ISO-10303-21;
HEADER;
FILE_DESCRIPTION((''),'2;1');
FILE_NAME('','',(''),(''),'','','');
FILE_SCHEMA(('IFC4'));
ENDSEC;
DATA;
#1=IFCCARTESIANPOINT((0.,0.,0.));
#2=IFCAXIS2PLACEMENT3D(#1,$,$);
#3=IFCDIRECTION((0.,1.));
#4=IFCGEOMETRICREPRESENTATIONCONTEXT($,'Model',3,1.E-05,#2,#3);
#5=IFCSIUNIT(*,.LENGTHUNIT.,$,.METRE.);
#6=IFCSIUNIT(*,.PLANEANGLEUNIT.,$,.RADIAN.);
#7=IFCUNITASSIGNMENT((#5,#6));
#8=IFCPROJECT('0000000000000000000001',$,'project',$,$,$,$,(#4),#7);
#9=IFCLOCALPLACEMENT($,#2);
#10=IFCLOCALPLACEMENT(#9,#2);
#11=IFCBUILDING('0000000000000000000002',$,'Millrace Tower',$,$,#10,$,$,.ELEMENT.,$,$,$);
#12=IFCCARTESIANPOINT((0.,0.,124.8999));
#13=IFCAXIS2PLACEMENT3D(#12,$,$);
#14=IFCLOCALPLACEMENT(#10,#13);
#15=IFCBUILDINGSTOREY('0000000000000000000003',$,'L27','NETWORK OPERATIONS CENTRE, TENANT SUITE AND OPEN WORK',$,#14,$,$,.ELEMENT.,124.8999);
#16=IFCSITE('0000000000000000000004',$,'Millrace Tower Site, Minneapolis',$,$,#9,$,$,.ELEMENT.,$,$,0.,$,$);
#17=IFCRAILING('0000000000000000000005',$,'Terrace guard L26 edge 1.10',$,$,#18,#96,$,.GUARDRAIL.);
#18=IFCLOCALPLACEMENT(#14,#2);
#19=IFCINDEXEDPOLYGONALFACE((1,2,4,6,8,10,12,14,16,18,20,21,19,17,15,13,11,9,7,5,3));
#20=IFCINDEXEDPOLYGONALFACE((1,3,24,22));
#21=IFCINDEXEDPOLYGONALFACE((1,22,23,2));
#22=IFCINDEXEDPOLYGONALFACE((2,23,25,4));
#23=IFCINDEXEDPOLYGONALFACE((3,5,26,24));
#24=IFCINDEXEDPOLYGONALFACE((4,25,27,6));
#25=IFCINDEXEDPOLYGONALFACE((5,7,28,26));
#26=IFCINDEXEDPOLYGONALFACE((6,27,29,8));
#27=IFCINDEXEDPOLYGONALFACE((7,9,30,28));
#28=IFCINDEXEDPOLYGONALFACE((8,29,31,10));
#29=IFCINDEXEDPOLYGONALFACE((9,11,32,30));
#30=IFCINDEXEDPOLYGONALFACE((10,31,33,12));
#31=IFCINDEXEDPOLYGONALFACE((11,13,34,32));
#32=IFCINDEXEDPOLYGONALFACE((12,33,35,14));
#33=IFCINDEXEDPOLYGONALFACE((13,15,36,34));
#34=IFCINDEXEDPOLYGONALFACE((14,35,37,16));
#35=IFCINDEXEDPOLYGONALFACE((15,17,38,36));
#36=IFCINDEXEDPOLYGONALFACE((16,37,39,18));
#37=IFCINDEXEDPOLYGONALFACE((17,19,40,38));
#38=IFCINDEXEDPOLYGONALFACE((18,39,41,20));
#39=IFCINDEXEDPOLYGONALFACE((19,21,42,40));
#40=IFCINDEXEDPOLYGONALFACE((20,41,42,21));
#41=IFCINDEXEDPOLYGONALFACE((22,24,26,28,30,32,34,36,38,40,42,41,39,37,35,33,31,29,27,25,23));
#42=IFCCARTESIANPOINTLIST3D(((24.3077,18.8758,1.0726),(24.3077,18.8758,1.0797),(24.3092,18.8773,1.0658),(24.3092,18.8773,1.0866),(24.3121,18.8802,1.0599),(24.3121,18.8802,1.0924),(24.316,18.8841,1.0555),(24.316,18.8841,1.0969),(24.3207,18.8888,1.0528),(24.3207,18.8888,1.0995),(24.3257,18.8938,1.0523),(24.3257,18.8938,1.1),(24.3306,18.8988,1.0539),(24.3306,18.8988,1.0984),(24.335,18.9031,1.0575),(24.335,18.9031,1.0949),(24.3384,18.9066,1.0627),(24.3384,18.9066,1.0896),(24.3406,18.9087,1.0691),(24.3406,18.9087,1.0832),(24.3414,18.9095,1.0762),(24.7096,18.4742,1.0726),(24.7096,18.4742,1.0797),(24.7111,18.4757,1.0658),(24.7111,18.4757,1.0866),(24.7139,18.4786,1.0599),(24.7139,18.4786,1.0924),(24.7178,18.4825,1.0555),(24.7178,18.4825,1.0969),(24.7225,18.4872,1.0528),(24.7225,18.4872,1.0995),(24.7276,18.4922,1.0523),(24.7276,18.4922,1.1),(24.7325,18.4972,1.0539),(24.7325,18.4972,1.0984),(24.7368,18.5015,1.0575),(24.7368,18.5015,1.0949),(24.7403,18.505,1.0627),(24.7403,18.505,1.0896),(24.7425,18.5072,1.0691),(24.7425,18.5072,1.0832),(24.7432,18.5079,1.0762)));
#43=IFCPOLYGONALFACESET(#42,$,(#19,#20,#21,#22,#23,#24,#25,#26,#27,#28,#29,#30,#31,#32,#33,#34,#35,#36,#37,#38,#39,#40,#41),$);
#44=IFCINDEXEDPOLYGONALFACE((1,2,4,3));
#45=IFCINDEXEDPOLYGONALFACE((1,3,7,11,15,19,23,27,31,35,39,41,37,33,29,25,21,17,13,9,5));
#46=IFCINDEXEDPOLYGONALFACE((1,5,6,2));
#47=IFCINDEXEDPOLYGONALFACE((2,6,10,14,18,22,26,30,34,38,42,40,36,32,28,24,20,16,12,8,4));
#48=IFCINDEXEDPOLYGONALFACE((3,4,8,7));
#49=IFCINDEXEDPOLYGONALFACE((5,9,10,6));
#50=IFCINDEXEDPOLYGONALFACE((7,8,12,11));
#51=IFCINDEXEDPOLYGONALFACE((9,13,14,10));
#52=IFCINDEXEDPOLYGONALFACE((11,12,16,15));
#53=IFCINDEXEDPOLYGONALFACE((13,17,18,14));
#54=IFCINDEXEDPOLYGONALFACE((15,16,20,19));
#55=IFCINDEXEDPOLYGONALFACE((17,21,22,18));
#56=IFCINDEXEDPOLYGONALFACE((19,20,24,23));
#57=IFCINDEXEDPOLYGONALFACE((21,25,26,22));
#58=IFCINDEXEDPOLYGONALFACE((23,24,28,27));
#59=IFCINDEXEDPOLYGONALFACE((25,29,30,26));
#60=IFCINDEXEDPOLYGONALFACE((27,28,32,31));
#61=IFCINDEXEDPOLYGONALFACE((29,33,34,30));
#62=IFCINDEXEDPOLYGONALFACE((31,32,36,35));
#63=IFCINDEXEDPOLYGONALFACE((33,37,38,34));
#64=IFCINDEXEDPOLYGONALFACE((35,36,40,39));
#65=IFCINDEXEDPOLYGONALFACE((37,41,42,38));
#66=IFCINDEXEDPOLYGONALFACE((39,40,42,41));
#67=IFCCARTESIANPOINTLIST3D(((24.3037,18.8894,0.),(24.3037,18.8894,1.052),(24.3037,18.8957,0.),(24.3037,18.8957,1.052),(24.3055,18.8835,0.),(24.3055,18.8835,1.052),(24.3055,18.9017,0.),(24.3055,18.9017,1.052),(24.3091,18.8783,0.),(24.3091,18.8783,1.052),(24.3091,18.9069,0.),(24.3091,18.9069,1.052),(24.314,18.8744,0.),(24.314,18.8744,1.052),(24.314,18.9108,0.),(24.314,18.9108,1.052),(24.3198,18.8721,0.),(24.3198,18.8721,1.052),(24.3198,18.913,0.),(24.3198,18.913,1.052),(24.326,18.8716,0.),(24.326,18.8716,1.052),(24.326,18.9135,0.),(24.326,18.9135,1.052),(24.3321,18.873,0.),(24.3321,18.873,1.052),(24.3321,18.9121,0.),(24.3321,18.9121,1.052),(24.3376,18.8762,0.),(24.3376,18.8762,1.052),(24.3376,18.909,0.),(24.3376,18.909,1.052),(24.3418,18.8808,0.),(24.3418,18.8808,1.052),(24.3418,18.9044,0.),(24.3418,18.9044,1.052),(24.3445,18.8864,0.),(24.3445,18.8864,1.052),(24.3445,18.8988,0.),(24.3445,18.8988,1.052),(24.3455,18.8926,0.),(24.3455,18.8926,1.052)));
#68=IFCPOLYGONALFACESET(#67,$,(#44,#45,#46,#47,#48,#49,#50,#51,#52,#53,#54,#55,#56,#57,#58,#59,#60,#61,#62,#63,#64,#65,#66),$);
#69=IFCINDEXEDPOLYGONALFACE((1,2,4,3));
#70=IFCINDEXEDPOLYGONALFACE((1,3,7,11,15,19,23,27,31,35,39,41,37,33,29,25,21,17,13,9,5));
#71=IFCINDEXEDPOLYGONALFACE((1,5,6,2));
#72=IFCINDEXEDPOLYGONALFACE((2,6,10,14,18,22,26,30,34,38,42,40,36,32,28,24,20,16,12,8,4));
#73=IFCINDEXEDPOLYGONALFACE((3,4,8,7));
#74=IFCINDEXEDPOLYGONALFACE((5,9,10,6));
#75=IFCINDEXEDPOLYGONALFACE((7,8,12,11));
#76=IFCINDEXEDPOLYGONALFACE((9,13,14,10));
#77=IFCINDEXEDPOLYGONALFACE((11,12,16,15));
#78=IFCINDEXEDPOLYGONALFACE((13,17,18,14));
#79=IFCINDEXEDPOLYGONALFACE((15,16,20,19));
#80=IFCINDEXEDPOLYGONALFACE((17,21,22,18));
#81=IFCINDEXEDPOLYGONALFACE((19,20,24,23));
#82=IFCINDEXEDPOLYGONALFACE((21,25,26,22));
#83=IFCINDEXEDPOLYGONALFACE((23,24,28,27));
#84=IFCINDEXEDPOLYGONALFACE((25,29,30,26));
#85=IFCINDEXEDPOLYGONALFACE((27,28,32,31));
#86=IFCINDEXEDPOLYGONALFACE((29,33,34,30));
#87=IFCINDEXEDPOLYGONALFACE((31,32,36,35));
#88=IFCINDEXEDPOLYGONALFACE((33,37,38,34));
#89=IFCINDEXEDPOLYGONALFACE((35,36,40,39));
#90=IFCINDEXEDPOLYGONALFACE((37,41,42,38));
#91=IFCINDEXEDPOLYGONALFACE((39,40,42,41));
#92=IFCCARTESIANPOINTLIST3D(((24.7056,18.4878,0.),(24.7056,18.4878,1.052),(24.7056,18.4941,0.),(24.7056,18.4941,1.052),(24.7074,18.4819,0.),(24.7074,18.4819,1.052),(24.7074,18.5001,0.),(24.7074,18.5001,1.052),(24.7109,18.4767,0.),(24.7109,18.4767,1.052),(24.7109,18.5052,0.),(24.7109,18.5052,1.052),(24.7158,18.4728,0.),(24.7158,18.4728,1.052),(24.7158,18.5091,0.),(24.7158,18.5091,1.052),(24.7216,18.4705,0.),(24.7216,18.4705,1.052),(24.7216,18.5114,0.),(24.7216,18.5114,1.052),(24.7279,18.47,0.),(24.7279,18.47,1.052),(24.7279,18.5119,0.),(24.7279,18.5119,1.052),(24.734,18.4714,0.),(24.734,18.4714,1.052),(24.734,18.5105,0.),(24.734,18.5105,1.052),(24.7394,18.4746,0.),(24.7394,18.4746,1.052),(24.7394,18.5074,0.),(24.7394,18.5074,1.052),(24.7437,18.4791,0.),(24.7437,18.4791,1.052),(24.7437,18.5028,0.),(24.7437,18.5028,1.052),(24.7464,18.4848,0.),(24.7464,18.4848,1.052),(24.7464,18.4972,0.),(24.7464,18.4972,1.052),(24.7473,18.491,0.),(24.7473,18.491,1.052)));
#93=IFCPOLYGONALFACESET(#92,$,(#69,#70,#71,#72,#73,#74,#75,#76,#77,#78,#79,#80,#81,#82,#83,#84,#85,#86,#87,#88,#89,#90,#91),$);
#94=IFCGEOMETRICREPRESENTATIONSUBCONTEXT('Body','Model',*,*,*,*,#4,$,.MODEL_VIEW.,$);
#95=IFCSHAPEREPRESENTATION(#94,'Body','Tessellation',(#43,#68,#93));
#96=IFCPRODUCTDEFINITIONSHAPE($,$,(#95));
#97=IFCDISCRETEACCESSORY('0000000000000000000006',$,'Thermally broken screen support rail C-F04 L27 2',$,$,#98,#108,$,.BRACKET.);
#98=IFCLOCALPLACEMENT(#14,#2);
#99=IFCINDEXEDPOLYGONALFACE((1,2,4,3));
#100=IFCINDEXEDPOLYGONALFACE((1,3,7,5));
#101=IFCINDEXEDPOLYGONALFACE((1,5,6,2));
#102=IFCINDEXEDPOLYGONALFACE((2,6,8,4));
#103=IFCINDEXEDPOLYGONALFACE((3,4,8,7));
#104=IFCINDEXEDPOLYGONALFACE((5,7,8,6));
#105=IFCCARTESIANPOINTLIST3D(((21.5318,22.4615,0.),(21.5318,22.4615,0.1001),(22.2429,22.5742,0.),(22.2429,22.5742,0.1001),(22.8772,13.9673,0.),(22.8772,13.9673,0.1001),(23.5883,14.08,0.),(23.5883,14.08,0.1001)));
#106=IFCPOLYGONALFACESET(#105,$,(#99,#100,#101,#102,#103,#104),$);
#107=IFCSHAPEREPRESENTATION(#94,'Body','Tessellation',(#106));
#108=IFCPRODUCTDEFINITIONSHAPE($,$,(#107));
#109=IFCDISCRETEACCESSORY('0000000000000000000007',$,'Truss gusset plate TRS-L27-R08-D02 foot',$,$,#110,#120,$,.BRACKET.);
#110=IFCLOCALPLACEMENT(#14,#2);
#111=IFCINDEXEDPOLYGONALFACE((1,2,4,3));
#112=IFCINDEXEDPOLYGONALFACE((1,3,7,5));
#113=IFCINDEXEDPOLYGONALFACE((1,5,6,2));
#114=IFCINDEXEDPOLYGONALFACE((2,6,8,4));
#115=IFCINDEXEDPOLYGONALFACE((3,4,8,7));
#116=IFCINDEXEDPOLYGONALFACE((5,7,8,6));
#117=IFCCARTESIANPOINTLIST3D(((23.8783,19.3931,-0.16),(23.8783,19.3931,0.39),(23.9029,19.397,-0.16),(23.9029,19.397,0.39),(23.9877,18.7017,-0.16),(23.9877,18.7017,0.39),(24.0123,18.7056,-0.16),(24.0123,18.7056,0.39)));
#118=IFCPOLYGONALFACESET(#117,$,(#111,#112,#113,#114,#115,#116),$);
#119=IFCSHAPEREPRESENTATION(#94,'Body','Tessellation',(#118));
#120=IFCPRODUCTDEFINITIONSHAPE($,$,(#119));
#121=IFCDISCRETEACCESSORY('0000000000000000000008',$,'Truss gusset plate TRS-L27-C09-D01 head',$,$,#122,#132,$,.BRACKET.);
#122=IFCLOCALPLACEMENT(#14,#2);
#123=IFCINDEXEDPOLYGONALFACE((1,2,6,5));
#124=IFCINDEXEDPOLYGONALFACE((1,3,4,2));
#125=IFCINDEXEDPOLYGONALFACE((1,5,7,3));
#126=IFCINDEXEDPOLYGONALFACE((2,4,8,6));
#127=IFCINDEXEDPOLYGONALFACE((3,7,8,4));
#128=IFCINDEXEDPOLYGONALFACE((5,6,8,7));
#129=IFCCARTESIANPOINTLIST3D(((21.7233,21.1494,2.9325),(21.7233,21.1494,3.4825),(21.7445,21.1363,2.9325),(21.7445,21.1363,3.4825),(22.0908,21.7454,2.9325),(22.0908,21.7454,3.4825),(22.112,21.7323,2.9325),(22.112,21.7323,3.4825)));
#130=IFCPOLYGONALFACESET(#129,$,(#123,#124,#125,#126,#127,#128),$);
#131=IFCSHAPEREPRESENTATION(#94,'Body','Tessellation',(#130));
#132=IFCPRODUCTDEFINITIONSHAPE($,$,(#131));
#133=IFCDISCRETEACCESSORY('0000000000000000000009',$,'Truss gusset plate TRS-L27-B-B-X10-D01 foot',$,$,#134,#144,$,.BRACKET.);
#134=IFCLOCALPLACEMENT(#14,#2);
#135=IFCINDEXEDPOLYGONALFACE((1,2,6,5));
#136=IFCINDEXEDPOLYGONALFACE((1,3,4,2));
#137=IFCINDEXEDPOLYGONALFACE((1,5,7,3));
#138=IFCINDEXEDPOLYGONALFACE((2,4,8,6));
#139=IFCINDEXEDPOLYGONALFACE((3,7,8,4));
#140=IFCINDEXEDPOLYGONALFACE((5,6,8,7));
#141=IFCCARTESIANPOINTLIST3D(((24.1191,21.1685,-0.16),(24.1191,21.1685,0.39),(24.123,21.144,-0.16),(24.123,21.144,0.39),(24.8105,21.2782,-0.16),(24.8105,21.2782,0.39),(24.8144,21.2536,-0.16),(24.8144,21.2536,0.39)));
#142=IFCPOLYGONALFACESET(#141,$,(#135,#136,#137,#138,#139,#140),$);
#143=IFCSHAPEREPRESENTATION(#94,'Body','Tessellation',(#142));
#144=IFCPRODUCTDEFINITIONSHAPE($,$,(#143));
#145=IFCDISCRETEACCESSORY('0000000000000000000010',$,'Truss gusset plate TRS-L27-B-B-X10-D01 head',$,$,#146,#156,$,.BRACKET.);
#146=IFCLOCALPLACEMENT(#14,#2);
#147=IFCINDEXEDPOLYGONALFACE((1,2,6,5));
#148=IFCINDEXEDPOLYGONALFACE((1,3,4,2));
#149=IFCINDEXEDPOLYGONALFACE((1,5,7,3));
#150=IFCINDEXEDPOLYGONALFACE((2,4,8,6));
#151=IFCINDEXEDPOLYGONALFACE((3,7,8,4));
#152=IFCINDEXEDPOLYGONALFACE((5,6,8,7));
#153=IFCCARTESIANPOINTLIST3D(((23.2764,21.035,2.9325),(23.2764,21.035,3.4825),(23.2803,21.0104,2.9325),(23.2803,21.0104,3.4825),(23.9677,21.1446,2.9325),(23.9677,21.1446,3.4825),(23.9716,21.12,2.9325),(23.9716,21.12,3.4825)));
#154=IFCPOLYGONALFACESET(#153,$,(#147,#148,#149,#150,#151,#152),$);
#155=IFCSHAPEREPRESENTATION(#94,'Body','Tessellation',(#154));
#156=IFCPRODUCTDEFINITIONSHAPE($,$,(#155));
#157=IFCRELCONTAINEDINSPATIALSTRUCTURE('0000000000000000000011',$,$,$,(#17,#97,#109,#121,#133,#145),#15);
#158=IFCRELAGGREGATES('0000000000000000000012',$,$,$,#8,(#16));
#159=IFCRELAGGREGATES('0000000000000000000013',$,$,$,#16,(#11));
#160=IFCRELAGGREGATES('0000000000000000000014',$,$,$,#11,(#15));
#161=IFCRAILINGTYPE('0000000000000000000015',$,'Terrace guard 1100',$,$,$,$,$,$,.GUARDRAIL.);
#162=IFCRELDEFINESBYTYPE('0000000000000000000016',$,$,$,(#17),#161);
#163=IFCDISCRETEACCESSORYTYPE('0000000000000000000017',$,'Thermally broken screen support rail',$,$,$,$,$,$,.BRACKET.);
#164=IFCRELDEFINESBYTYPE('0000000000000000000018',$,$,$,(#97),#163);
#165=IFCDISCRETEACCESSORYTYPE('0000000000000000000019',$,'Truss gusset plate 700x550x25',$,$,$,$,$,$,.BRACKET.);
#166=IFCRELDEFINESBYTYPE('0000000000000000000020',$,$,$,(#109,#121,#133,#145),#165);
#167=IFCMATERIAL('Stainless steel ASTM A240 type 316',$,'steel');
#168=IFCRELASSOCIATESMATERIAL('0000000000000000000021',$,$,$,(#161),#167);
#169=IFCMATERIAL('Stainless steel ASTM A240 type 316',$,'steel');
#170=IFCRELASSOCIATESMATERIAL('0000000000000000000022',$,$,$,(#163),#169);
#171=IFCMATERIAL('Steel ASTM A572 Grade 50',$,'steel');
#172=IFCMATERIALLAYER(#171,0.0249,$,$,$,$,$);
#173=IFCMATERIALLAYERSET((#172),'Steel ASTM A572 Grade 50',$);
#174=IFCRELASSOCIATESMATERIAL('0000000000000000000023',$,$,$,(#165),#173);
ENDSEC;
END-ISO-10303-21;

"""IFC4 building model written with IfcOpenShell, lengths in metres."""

from ifc_helpers import new_model, si_unit, direction, frame, origin, origin_2d, place, context, subcontext, project, spatial, rectangle, circle, extrude, material, layer, layer_set, type_object, element, save


model = new_model("IFC4")

# Units and contexts
model_context = context("Model", 3, precision=1e-05, world=origin(), true_north=direction((0.0, 1.0)))
body_context = subcontext(model_context, "Body", "Model", "MODEL_VIEW")
ifc_project = project(units=[si_unit("LENGTHUNIT", "METRE"), si_unit("PLANEANGLEUNIT", "RADIAN")], contexts=[model_context])

# Site, building, storey
site_placement = place(None, origin())
site = spatial("IfcSite", under=ifc_project, at=site_placement, Name="Millrace Tower Site, Minneapolis", CompositionType="ELEMENT", RefElevation=0.0)
building_placement = place(site_placement, origin())
building = spatial("IfcBuilding", under=site, at=building_placement, Name="Millrace Tower", CompositionType="ELEMENT")
storey_placement = place(building_placement, frame((0.0, 0.0, 124.8999)))
storey = spatial("IfcBuildingStorey", under=building, at=storey_placement, Name="L27", Description="NETWORK OPERATIONS CENTRE, TENANT SUITE AND OPEN WORK", CompositionType="ELEMENT", Elevation=124.8999)

# Railing
ifc_material_1 = material(Name="Stainless steel ASTM A240 type 316", Category="steel")
railing_type = type_object("IfcRailingType", Name="Terrace guard 1100", PredefinedType="GUARDRAIL", material=ifc_material_1)
railing_1_placement = place(storey_placement, frame((24.3245, 18.8926, 0.0)))
element("IfcRailing", 1, at=railing_1_placement, inside=storey, type_object=railing_type, Name="Terrace guard L26 edge 1.10", PredefinedType="GUARDRAIL", context=body_context, shape_type="SweptSolid", body=[
    extrude(circle(Radius=0.0239, at=origin_2d()), frame((0.0, 0.0, 1.0762), z_axis=(0.707322, -0.706892, 0.0), x_axis=(0.706892, 0.707322, 0.0)), (0.0, 0.0, 1.0), 0.5681),
    extrude(circle(Radius=0.021, at=origin_2d()), origin(), (0.0, 0.0, 1.0), 1.052),
    extrude(circle(Radius=0.021, at=origin_2d()), frame((0.4019, -0.4016, 0.0)), (0.0, 0.0, 1.0), 1.052),
])

# Discrete accessories
ifc_material_2 = material(Name="Stainless steel ASTM A240 type 316", Category="steel")
discrete_accessory_type_1 = type_object("IfcDiscreteAccessoryType", Name="Thermally broken screen support rail", PredefinedType="BRACKET", material=ifc_material_2)
discrete_accessory_1_placement = place(storey_placement, frame((22.5601, 18.2708, 0.0), z_axis=(0.0, 0.0, 1.0), x_axis=(-0.156434, 0.987688, 0.0)))
element("IfcDiscreteAccessory", 2, at=discrete_accessory_1_placement, inside=storey, type_object=discrete_accessory_type_1, Name="Thermally broken screen support rail C-F04 L27 2", PredefinedType="BRACKET", context=body_context, shape_type="SweptSolid", body=[
    extrude(rectangle(XDim=8.6001, YDim=0.72, at=origin_2d()), origin(), (0.0, 0.0, 1.0), 0.1001),
])
ifc_material_3 = material(Name="Steel ASTM A572 Grade 50", Category="steel")
ifc_layer_1 = layer(ifc_material_3, 0.0249)
ifc_layer_set_1 = layer_set([ifc_layer_1], Name="Steel ASTM A572 Grade 50")
discrete_accessory_type_2 = type_object("IfcDiscreteAccessoryType", Name="Truss gusset plate 700x550x25", PredefinedType="BRACKET", material=ifc_layer_set_1)
discrete_accessory_2_placement = place(storey_placement, frame((23.8906, 19.395, 0.115), z_axis=(0.156249, -0.987718, 0.0), x_axis=(0.987718, 0.156249, 0.0)))
element("IfcDiscreteAccessory", 3, at=discrete_accessory_2_placement, inside=storey, type_object=discrete_accessory_type_2, Name="Truss gusset plate TRS-L27-R08-D02 foot", PredefinedType="BRACKET", context=body_context, shape_type="SweptSolid", body=[
    extrude(rectangle(XDim=0.0249, YDim=0.55, at=origin_2d()), origin(), (0.0, 0.0, 1.0), 0.7),
])
discrete_accessory_3_placement = place(storey_placement, frame((21.7339, 21.1428, 3.2075), z_axis=(0.524817, 0.851215, 0.0), x_axis=(-0.851215, 0.524817, 0.0)))
element("IfcDiscreteAccessory", 4, at=discrete_accessory_3_placement, inside=storey, type_object=discrete_accessory_type_2, Name="Truss gusset plate TRS-L27-C09-D01 head", PredefinedType="BRACKET", context=body_context, shape_type="SweptSolid", body=[
    extrude(rectangle(XDim=0.0249, YDim=0.55, at=origin_2d()), origin(), (0.0, 0.0, 1.0), 0.7002),
])
for number, where, z_axis, x_axis, name in (
    (5, (24.1211, 21.1562, 0.115), (0.987664, 0.156589, 0.0), (-0.156589, 0.987664, 0.0), "Truss gusset plate TRS-L27-B-B-X10-D01 foot"),
    (6, (23.2783, 21.0227, 3.2075), (0.987664, 0.156589, 0.0), (-0.156589, 0.987664, 0.0), "Truss gusset plate TRS-L27-B-B-X10-D01 head"),
):
    element("IfcDiscreteAccessory", number, at=place(storey_placement, frame(where, z_axis=z_axis, x_axis=x_axis)), inside=storey, type_object=discrete_accessory_type_2, Name=name, PredefinedType="BRACKET", context=body_context, shape_type="SweptSolid", body=[
        extrude(rectangle(XDim=0.0249, YDim=0.55, at=origin_2d()), origin(), (0.0, 0.0, 1.0), 0.7),
    ])

save(model, "model.ifc")
